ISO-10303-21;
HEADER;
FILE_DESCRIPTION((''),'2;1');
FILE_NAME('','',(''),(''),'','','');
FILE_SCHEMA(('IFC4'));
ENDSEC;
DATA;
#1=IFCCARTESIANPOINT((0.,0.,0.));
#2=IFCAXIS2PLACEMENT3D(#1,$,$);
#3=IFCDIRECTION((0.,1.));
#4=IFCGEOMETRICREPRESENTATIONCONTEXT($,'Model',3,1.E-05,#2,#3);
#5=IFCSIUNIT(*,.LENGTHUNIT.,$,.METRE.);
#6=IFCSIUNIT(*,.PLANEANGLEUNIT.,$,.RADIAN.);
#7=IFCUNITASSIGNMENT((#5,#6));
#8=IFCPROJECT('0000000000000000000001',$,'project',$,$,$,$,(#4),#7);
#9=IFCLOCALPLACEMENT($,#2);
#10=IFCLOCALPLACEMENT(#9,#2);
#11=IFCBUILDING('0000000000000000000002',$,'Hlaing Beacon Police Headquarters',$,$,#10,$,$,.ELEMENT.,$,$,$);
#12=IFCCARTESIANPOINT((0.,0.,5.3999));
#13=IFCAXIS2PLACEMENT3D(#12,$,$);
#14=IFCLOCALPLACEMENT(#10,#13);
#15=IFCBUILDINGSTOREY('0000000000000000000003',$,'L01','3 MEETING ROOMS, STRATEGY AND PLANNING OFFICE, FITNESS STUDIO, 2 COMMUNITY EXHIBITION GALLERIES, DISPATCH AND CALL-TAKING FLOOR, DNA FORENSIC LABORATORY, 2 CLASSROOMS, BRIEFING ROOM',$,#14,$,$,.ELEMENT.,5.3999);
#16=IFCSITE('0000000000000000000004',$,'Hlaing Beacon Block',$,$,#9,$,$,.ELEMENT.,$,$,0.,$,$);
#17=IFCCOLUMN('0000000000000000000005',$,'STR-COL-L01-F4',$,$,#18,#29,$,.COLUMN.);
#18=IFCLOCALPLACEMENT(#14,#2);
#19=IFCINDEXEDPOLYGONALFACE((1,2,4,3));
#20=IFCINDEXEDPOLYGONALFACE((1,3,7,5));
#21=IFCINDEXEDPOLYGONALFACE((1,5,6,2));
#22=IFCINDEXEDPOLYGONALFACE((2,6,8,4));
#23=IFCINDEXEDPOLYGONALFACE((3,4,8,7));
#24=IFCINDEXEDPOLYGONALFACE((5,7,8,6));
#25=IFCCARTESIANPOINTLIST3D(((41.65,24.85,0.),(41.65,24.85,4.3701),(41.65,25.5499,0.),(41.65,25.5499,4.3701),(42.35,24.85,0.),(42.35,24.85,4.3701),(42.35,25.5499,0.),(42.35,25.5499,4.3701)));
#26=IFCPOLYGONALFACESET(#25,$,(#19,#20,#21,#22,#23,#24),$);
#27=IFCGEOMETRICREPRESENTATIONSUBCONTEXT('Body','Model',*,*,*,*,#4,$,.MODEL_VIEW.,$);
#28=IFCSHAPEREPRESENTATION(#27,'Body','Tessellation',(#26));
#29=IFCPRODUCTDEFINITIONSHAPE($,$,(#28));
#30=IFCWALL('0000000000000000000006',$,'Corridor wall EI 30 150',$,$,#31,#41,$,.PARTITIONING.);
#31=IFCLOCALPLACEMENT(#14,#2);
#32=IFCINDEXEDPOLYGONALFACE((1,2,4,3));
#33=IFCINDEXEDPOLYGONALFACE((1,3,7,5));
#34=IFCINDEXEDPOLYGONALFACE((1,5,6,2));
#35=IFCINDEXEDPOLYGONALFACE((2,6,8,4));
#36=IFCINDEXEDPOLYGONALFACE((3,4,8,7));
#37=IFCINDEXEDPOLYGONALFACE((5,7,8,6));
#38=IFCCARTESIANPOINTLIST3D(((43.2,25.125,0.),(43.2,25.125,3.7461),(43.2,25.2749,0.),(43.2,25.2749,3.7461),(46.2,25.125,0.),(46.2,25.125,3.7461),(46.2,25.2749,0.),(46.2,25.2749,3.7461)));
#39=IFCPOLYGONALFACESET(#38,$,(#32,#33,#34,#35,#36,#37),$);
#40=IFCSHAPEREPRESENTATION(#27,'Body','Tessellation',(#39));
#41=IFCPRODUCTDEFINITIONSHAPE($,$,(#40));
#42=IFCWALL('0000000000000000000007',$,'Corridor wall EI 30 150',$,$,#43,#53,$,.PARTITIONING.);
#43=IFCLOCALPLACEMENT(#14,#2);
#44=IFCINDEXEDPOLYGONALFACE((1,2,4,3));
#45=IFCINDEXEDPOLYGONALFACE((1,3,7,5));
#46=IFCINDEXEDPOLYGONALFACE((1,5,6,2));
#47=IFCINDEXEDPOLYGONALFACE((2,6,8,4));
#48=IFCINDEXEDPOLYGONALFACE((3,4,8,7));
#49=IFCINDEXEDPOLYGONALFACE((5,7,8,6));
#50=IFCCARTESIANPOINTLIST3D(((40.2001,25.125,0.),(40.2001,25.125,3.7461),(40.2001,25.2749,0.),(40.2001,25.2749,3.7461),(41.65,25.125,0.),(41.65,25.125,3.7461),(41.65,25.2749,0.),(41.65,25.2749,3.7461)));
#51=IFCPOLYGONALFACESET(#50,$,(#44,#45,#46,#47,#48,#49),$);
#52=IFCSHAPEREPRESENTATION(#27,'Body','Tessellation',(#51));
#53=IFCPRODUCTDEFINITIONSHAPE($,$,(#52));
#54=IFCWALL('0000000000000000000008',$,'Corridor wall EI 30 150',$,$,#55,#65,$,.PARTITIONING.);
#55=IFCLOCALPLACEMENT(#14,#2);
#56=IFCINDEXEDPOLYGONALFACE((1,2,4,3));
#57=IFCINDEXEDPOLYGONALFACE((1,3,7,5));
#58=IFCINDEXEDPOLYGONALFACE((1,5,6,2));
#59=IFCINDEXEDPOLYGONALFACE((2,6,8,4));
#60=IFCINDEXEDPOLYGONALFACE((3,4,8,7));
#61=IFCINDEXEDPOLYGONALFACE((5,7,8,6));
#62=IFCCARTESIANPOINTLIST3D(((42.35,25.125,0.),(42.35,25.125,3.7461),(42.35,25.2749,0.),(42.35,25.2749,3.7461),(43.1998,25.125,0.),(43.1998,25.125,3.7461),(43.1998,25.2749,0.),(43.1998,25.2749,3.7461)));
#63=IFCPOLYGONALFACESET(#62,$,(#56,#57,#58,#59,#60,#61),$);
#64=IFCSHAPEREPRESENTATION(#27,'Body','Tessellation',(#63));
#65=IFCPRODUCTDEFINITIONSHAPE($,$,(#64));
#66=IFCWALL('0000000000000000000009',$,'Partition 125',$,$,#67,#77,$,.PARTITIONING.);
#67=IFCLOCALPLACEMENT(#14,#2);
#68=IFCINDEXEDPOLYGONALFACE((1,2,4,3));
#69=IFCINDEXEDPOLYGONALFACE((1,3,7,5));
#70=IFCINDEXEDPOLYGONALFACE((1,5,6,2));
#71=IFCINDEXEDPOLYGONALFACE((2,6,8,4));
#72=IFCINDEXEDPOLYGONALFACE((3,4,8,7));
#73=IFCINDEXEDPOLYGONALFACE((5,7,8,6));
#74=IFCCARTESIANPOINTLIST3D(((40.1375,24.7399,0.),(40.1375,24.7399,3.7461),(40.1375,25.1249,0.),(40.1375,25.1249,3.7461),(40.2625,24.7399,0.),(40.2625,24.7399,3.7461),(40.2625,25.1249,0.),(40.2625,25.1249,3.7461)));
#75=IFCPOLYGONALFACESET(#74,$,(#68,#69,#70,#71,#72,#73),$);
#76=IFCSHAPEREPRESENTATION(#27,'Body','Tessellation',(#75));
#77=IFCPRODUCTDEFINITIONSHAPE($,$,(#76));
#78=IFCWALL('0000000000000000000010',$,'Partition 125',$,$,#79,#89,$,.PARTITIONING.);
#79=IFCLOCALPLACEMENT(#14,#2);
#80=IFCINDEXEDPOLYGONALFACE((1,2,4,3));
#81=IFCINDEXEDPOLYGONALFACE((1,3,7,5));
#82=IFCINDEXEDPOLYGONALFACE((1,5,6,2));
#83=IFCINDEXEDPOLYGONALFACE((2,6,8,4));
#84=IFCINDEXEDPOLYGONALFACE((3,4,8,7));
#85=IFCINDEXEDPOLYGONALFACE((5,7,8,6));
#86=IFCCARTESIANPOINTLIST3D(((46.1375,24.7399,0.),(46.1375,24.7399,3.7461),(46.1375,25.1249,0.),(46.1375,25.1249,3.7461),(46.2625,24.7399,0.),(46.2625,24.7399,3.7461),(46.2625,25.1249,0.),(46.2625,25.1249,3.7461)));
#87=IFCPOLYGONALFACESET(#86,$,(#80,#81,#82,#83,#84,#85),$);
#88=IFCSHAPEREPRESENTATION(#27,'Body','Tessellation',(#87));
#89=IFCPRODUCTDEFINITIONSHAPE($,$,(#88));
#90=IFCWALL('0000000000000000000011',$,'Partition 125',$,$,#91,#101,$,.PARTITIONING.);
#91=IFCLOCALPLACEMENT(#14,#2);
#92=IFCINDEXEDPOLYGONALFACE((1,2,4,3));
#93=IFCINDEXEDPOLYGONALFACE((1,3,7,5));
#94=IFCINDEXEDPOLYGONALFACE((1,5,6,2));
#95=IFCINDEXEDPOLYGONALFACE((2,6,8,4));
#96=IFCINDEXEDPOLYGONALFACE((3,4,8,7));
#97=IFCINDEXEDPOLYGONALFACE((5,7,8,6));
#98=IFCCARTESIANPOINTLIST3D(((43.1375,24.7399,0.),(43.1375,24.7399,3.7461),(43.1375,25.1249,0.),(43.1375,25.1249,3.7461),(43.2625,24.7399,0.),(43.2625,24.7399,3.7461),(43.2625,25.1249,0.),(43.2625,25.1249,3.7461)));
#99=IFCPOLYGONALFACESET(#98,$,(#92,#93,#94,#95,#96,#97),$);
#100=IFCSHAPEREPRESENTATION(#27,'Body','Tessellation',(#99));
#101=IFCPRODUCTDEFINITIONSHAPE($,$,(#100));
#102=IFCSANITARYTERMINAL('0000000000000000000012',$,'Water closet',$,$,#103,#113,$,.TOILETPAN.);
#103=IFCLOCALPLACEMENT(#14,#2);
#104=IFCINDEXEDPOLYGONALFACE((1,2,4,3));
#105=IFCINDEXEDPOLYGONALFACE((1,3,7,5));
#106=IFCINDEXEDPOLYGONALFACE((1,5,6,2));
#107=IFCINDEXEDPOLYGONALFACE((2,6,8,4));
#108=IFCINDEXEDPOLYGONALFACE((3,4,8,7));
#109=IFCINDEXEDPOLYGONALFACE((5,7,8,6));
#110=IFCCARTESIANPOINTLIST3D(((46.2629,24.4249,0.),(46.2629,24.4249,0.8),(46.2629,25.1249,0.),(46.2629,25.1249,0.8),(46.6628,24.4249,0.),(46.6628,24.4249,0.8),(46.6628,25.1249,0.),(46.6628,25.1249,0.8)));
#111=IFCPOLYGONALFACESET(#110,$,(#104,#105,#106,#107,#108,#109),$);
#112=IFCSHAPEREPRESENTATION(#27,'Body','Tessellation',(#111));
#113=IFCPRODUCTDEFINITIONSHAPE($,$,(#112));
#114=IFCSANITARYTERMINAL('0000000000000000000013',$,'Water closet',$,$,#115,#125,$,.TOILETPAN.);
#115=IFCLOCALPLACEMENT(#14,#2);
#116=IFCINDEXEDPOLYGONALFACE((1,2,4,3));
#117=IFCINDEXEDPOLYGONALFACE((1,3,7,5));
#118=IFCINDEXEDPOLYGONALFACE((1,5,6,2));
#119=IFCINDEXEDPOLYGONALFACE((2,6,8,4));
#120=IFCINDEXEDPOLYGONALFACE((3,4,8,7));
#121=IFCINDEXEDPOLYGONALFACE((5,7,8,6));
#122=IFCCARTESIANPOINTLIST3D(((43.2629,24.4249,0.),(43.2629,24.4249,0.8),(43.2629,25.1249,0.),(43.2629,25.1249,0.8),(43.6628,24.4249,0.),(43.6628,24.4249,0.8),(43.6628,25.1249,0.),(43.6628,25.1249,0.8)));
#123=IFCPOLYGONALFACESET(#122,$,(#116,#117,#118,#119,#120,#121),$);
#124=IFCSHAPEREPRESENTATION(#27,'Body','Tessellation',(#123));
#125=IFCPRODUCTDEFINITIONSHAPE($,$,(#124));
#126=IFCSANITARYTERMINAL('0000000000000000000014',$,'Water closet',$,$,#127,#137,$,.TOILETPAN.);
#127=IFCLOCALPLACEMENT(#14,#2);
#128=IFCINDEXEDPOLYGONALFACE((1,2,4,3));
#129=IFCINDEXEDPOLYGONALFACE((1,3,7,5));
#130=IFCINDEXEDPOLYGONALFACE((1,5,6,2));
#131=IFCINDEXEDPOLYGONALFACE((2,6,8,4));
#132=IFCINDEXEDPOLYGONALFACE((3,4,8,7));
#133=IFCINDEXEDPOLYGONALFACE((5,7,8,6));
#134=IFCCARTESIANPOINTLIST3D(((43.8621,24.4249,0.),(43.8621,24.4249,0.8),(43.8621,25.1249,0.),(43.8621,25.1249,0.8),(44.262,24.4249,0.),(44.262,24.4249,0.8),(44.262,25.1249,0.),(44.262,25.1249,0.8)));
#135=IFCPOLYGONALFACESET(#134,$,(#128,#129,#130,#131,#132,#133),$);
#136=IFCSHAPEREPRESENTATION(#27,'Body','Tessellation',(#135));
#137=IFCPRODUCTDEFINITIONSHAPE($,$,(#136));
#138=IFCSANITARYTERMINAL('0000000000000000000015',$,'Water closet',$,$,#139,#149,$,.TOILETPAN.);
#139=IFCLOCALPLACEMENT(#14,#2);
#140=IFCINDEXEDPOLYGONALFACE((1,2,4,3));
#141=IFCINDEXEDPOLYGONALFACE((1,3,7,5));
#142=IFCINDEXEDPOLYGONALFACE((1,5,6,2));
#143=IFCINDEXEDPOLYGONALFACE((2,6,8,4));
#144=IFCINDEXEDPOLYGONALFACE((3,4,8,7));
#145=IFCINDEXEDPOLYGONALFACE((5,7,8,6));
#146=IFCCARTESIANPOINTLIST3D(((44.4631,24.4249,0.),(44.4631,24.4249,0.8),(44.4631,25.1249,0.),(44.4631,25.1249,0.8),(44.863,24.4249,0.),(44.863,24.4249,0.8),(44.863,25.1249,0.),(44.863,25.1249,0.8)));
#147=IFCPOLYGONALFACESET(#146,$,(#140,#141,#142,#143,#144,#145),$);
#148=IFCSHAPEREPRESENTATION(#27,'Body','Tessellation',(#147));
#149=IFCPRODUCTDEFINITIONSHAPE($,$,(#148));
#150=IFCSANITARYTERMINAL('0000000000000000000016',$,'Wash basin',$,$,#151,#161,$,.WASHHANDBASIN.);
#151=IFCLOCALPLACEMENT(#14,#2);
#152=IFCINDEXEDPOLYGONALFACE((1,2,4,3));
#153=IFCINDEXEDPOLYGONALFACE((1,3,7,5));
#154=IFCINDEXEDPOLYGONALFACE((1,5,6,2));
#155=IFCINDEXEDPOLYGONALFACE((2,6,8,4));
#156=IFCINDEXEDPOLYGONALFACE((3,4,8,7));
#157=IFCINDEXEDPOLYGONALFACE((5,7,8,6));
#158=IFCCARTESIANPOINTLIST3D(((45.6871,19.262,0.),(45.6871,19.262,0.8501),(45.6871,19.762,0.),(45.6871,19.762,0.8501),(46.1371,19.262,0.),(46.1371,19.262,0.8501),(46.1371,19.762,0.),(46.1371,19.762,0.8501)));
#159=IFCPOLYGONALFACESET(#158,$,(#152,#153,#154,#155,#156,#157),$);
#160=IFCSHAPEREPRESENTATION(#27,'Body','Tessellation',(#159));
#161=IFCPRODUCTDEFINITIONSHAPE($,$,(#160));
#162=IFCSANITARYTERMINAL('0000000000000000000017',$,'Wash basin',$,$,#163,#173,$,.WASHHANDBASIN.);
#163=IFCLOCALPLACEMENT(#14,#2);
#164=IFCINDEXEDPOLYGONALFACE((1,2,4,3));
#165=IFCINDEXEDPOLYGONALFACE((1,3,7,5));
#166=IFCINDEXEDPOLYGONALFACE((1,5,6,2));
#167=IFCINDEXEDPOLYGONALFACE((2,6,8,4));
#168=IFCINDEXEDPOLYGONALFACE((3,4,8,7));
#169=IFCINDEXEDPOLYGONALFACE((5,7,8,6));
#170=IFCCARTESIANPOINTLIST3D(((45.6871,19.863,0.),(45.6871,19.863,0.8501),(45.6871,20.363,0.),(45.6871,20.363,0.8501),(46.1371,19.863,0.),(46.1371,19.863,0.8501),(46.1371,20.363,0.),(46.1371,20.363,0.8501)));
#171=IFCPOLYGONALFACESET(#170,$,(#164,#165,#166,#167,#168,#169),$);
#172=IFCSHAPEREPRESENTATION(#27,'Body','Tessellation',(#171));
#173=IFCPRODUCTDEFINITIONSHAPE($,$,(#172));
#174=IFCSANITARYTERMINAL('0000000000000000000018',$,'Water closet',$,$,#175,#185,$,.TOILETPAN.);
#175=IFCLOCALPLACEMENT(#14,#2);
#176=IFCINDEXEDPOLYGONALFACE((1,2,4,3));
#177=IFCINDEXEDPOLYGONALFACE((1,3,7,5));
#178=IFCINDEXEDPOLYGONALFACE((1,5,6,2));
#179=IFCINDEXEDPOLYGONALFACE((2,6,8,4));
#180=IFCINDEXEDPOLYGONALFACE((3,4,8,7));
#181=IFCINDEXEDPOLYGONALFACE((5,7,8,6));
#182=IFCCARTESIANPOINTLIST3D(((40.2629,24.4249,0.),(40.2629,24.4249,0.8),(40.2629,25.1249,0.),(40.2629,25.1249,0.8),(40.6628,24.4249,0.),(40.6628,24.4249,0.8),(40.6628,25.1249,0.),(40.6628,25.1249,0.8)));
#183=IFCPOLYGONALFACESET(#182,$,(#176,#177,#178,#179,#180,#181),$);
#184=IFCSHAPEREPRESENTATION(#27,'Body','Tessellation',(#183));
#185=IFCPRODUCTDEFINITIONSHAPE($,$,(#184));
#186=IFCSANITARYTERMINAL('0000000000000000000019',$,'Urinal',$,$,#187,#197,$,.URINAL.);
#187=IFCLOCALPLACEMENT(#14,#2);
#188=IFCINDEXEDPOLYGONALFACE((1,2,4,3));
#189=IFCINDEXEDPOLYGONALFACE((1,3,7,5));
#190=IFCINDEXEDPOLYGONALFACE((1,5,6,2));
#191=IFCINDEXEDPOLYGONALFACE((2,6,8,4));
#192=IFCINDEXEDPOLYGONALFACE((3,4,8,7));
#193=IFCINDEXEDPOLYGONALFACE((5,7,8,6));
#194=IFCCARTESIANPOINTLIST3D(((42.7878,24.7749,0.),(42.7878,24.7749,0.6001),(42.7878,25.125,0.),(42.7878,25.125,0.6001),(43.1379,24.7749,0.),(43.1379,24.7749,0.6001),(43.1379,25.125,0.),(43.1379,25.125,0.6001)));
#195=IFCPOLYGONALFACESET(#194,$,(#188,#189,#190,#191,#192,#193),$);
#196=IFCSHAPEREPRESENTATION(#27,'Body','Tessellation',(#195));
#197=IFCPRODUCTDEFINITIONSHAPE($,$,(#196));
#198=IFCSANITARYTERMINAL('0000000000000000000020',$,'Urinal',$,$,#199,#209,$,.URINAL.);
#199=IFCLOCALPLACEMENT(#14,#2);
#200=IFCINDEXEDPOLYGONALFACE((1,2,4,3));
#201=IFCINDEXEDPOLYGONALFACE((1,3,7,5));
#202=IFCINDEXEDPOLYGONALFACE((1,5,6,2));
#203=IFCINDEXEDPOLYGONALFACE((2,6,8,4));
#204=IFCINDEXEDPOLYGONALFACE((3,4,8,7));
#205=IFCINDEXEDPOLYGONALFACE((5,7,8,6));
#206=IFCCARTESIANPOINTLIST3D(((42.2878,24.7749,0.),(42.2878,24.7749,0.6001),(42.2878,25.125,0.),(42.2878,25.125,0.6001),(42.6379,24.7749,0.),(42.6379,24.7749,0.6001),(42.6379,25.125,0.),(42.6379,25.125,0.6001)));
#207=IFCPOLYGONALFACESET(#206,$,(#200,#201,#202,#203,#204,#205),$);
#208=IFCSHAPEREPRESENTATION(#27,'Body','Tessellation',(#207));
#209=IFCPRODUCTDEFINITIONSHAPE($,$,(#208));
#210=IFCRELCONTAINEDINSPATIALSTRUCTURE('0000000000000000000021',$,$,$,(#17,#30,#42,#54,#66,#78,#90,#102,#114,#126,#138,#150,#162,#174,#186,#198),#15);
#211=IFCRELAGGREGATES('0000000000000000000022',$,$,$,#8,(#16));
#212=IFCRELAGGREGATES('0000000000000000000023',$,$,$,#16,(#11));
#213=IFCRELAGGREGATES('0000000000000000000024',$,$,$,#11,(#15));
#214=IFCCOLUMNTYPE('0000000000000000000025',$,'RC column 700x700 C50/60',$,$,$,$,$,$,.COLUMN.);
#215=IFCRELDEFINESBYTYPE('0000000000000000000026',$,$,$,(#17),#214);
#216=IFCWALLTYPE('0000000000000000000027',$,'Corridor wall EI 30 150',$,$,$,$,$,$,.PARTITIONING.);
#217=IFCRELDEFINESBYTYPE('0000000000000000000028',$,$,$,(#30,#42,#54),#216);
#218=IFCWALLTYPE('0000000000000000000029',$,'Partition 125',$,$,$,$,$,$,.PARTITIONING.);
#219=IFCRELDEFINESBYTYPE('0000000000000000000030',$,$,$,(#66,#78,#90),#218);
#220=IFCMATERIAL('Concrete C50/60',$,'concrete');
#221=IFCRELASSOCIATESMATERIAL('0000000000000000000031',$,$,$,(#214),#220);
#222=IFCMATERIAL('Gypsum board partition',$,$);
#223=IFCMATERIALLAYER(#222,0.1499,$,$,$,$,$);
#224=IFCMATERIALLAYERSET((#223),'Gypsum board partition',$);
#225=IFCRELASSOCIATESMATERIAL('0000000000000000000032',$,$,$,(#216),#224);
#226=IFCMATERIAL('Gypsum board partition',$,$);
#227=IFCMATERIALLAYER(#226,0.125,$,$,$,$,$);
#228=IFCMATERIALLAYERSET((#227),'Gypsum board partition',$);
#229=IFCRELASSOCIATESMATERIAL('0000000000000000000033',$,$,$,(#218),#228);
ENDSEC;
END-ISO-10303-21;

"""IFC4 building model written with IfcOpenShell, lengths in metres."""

from ifc_helpers import new_model, si_unit, direction, frame, frame_2d, origin, origin_2d, place, context, subcontext, project, spatial, rectangle, extrude, material, layer, layer_set, material_profile, profile_set, type_object, element, save


model = new_model("IFC4")

# Units and contexts
model_context = context("Model", 3, precision=1e-05, world=origin(), true_north=direction((0.0, 1.0)))
body_context = subcontext(model_context, "Body", "Model", "MODEL_VIEW")
ifc_project = project(units=[si_unit("LENGTHUNIT", "METRE"), si_unit("PLANEANGLEUNIT", "RADIAN")], contexts=[model_context])

# Site, building, storey
site_placement = place(None, origin())
site = spatial("IfcSite", under=ifc_project, at=site_placement, Name="Hlaing Beacon Block", CompositionType="ELEMENT", RefElevation=0.0)
building_placement = place(site_placement, origin())
building = spatial("IfcBuilding", under=site, at=building_placement, Name="Hlaing Beacon Police Headquarters", CompositionType="ELEMENT")
storey_placement = place(building_placement, frame((0.0, 0.0, 5.3999)))
storey = spatial("IfcBuildingStorey", under=building, at=storey_placement, Name="L01", Description="3 MEETING ROOMS, STRATEGY AND PLANNING OFFICE, FITNESS STUDIO, 2 COMMUNITY EXHIBITION GALLERIES, DISPATCH AND CALL-TAKING FLOOR, DNA FORENSIC LABORATORY, 2 CLASSROOMS, BRIEFING ROOM", CompositionType="ELEMENT", Elevation=5.3999)

# Column
ifc_material_1 = material(Name="Concrete C50/60", Category="concrete")
ifc_material_profile = material_profile(ifc_material_1, rectangle(XDim=0.7, YDim=0.7, at=origin_2d()), Name="700x700")
ifc_profile_set = profile_set([ifc_material_profile], Name="Concrete C50/60")
column_type = type_object("IfcColumnType", Name="RC column 700x700 C50/60", PredefinedType="COLUMN", material=ifc_profile_set)
column_placement = place(storey_placement, frame((42.0, 25.2, 0.0), z_axis=(0.0, 0.0, 1.0), x_axis=(1.0, 0.0, 0.0)))
element("IfcColumn", 1, at=column_placement, inside=storey, type_object=column_type, Name="STR-COL-L01-F4", PredefinedType="COLUMN", context=body_context, shape_type="SweptSolid", body=[
    extrude(rectangle(XDim=0.7, YDim=0.7, at=origin_2d()), origin(), (0.0, 0.0, 1.0), 4.3701),
])

# Walls
ifc_material_2 = material(Name="Gypsum board partition")
ifc_layer_1 = layer(ifc_material_2, 0.1499)
ifc_layer_set_1 = layer_set([ifc_layer_1], Name="Gypsum board partition")
wall_type_1 = type_object("IfcWallType", Name="Corridor wall EI 30 150", PredefinedType="PARTITIONING", material=ifc_layer_set_1)
wall_1_placement = place(storey_placement, frame((43.2, 25.2, 0.0), z_axis=(0.0, 0.0, 1.0), x_axis=(1.0, 0.0, 0.0)))
element("IfcWall", 2, at=wall_1_placement, inside=storey, type_object=wall_type_1, Name="Corridor wall EI 30 150", PredefinedType="PARTITIONING", context=body_context, shape_type="SweptSolid", body=[
    extrude(rectangle(XDim=3.0, YDim=0.1499, at=frame_2d((1.5, 0.0))), origin(), (0.0, 0.0, 1.0), 3.7461),
])
wall_2_placement = place(storey_placement, frame((40.2, 25.2, 0.0), z_axis=(0.0, 0.0, 1.0), x_axis=(1.0, 0.0, 0.0)))
element("IfcWall", 3, at=wall_2_placement, inside=storey, type_object=wall_type_1, Name="Corridor wall EI 30 150", PredefinedType="PARTITIONING", context=body_context, shape_type="SweptSolid", body=[
    extrude(rectangle(XDim=1.45, YDim=0.1499, at=frame_2d((0.7251, 0.0))), origin(), (0.0, 0.0, 1.0), 3.7461),
])
wall_3_placement = place(storey_placement, frame((42.3501, 25.2, 0.0), z_axis=(0.0, 0.0, 1.0), x_axis=(1.0, 0.0, 0.0)))
element("IfcWall", 4, at=wall_3_placement, inside=storey, type_object=wall_type_1, Name="Corridor wall EI 30 150", PredefinedType="PARTITIONING", context=body_context, shape_type="SweptSolid", body=[
    extrude(rectangle(XDim=0.8499, YDim=0.1499, at=frame_2d((0.4248, 0.0))), origin(), (0.0, 0.0, 1.0), 3.7461),
])
ifc_material_3 = material(Name="Gypsum board partition")
ifc_layer_2 = layer(ifc_material_3, 0.125)
ifc_layer_set_2 = layer_set([ifc_layer_2], Name="Gypsum board partition")
wall_type_2 = type_object("IfcWallType", Name="Partition 125", PredefinedType="PARTITIONING", material=ifc_layer_set_2)
for number, where, z_axis, x_axis, name in (
    (5, (40.2, 24.74, 0.0), (0.0, 0.0, 1.0), (0.0, 1.0, 0.0), "Partition 125"),
    (6, (46.2, 24.74, 0.0), (0.0, 0.0, 1.0), (0.0, 1.0, 0.0), "Partition 125"),
    (7, (43.2, 24.74, 0.0), (0.0, 0.0, 1.0), (0.0, 1.0, 0.0), "Partition 125"),
):
    element("IfcWall", number, at=place(storey_placement, frame(where, z_axis=z_axis, x_axis=x_axis)), inside=storey, type_object=wall_type_2, Name=name, PredefinedType="PARTITIONING", context=body_context, shape_type="SweptSolid", body=[
        extrude(rectangle(XDim=0.385, YDim=0.125, at=frame_2d((0.1924, 0.0))), origin(), (0.0, 0.0, 1.0), 3.7461),
    ])

# Sanitary terminals
for number, where, z_axis, x_axis, name in (
    (8, (46.4629, 24.7749, 0.0), (0.0, 0.0, 1.0), (1.0, 0.0, 0.0), "Water closet"),
    (9, (43.4629, 24.7749, 0.0), (0.0, 0.0, 1.0), (1.0, 0.0, 0.0), "Water closet"),
    (10, (44.062, 24.7749, 0.0), (0.0, 0.0, 1.0), (1.0, 0.0, 0.0), "Water closet"),
    (11, (44.6631, 24.7749, 0.0), (0.0, 0.0, 1.0), (1.0, 0.0, 0.0), "Water closet"),
):
    element("IfcSanitaryTerminal", number, at=place(storey_placement, frame(where, z_axis=z_axis, x_axis=x_axis)), inside=storey, Name=name, PredefinedType="TOILETPAN", context=body_context, shape_type="SweptSolid", body=[
        extrude(rectangle(XDim=0.3999, YDim=0.7, at=origin_2d()), origin(), (0.0, 0.0, 1.0), 0.8),
    ])
for number, where, z_axis, x_axis, name in (
    (12, (45.9121, 19.512, 0.0), (0.0, 0.0, 1.0), (1.0, 0.0, 0.0), "Wash basin"),
    (13, (45.9121, 20.113, 0.0), (0.0, 0.0, 1.0), (1.0, 0.0, 0.0), "Wash basin"),
):
    element("IfcSanitaryTerminal", number, at=place(storey_placement, frame(where, z_axis=z_axis, x_axis=x_axis)), inside=storey, Name=name, PredefinedType="WASHHANDBASIN", context=body_context, shape_type="SweptSolid", body=[
        extrude(rectangle(XDim=0.45, YDim=0.5, at=origin_2d()), origin(), (0.0, 0.0, 1.0), 0.8501),
    ])
sanitary_terminal_1_placement = place(storey_placement, frame((40.4629, 24.7749, 0.0), z_axis=(0.0, 0.0, 1.0), x_axis=(1.0, 0.0, 0.0)))
element("IfcSanitaryTerminal", 14, at=sanitary_terminal_1_placement, inside=storey, Name="Water closet", PredefinedType="TOILETPAN", context=body_context, shape_type="SweptSolid", body=[
    extrude(rectangle(XDim=0.3999, YDim=0.7, at=origin_2d()), origin(), (0.0, 0.0, 1.0), 0.8),
])
for number, where, z_axis, x_axis, name in (
    (15, (42.9629, 24.95, 0.0), (0.0, 0.0, 1.0), (1.0, 0.0, 0.0), "Urinal"),
    (16, (42.4629, 24.95, 0.0), (0.0, 0.0, 1.0), (1.0, 0.0, 0.0), "Urinal"),
):
    element("IfcSanitaryTerminal", number, at=place(storey_placement, frame(where, z_axis=z_axis, x_axis=x_axis)), inside=storey, Name=name, PredefinedType="URINAL", context=body_context, shape_type="SweptSolid", body=[
        extrude(rectangle(XDim=0.3501, YDim=0.3501, at=origin_2d()), origin(), (0.0, 0.0, 1.0), 0.6001),
    ])

save(model, "model.ifc")
